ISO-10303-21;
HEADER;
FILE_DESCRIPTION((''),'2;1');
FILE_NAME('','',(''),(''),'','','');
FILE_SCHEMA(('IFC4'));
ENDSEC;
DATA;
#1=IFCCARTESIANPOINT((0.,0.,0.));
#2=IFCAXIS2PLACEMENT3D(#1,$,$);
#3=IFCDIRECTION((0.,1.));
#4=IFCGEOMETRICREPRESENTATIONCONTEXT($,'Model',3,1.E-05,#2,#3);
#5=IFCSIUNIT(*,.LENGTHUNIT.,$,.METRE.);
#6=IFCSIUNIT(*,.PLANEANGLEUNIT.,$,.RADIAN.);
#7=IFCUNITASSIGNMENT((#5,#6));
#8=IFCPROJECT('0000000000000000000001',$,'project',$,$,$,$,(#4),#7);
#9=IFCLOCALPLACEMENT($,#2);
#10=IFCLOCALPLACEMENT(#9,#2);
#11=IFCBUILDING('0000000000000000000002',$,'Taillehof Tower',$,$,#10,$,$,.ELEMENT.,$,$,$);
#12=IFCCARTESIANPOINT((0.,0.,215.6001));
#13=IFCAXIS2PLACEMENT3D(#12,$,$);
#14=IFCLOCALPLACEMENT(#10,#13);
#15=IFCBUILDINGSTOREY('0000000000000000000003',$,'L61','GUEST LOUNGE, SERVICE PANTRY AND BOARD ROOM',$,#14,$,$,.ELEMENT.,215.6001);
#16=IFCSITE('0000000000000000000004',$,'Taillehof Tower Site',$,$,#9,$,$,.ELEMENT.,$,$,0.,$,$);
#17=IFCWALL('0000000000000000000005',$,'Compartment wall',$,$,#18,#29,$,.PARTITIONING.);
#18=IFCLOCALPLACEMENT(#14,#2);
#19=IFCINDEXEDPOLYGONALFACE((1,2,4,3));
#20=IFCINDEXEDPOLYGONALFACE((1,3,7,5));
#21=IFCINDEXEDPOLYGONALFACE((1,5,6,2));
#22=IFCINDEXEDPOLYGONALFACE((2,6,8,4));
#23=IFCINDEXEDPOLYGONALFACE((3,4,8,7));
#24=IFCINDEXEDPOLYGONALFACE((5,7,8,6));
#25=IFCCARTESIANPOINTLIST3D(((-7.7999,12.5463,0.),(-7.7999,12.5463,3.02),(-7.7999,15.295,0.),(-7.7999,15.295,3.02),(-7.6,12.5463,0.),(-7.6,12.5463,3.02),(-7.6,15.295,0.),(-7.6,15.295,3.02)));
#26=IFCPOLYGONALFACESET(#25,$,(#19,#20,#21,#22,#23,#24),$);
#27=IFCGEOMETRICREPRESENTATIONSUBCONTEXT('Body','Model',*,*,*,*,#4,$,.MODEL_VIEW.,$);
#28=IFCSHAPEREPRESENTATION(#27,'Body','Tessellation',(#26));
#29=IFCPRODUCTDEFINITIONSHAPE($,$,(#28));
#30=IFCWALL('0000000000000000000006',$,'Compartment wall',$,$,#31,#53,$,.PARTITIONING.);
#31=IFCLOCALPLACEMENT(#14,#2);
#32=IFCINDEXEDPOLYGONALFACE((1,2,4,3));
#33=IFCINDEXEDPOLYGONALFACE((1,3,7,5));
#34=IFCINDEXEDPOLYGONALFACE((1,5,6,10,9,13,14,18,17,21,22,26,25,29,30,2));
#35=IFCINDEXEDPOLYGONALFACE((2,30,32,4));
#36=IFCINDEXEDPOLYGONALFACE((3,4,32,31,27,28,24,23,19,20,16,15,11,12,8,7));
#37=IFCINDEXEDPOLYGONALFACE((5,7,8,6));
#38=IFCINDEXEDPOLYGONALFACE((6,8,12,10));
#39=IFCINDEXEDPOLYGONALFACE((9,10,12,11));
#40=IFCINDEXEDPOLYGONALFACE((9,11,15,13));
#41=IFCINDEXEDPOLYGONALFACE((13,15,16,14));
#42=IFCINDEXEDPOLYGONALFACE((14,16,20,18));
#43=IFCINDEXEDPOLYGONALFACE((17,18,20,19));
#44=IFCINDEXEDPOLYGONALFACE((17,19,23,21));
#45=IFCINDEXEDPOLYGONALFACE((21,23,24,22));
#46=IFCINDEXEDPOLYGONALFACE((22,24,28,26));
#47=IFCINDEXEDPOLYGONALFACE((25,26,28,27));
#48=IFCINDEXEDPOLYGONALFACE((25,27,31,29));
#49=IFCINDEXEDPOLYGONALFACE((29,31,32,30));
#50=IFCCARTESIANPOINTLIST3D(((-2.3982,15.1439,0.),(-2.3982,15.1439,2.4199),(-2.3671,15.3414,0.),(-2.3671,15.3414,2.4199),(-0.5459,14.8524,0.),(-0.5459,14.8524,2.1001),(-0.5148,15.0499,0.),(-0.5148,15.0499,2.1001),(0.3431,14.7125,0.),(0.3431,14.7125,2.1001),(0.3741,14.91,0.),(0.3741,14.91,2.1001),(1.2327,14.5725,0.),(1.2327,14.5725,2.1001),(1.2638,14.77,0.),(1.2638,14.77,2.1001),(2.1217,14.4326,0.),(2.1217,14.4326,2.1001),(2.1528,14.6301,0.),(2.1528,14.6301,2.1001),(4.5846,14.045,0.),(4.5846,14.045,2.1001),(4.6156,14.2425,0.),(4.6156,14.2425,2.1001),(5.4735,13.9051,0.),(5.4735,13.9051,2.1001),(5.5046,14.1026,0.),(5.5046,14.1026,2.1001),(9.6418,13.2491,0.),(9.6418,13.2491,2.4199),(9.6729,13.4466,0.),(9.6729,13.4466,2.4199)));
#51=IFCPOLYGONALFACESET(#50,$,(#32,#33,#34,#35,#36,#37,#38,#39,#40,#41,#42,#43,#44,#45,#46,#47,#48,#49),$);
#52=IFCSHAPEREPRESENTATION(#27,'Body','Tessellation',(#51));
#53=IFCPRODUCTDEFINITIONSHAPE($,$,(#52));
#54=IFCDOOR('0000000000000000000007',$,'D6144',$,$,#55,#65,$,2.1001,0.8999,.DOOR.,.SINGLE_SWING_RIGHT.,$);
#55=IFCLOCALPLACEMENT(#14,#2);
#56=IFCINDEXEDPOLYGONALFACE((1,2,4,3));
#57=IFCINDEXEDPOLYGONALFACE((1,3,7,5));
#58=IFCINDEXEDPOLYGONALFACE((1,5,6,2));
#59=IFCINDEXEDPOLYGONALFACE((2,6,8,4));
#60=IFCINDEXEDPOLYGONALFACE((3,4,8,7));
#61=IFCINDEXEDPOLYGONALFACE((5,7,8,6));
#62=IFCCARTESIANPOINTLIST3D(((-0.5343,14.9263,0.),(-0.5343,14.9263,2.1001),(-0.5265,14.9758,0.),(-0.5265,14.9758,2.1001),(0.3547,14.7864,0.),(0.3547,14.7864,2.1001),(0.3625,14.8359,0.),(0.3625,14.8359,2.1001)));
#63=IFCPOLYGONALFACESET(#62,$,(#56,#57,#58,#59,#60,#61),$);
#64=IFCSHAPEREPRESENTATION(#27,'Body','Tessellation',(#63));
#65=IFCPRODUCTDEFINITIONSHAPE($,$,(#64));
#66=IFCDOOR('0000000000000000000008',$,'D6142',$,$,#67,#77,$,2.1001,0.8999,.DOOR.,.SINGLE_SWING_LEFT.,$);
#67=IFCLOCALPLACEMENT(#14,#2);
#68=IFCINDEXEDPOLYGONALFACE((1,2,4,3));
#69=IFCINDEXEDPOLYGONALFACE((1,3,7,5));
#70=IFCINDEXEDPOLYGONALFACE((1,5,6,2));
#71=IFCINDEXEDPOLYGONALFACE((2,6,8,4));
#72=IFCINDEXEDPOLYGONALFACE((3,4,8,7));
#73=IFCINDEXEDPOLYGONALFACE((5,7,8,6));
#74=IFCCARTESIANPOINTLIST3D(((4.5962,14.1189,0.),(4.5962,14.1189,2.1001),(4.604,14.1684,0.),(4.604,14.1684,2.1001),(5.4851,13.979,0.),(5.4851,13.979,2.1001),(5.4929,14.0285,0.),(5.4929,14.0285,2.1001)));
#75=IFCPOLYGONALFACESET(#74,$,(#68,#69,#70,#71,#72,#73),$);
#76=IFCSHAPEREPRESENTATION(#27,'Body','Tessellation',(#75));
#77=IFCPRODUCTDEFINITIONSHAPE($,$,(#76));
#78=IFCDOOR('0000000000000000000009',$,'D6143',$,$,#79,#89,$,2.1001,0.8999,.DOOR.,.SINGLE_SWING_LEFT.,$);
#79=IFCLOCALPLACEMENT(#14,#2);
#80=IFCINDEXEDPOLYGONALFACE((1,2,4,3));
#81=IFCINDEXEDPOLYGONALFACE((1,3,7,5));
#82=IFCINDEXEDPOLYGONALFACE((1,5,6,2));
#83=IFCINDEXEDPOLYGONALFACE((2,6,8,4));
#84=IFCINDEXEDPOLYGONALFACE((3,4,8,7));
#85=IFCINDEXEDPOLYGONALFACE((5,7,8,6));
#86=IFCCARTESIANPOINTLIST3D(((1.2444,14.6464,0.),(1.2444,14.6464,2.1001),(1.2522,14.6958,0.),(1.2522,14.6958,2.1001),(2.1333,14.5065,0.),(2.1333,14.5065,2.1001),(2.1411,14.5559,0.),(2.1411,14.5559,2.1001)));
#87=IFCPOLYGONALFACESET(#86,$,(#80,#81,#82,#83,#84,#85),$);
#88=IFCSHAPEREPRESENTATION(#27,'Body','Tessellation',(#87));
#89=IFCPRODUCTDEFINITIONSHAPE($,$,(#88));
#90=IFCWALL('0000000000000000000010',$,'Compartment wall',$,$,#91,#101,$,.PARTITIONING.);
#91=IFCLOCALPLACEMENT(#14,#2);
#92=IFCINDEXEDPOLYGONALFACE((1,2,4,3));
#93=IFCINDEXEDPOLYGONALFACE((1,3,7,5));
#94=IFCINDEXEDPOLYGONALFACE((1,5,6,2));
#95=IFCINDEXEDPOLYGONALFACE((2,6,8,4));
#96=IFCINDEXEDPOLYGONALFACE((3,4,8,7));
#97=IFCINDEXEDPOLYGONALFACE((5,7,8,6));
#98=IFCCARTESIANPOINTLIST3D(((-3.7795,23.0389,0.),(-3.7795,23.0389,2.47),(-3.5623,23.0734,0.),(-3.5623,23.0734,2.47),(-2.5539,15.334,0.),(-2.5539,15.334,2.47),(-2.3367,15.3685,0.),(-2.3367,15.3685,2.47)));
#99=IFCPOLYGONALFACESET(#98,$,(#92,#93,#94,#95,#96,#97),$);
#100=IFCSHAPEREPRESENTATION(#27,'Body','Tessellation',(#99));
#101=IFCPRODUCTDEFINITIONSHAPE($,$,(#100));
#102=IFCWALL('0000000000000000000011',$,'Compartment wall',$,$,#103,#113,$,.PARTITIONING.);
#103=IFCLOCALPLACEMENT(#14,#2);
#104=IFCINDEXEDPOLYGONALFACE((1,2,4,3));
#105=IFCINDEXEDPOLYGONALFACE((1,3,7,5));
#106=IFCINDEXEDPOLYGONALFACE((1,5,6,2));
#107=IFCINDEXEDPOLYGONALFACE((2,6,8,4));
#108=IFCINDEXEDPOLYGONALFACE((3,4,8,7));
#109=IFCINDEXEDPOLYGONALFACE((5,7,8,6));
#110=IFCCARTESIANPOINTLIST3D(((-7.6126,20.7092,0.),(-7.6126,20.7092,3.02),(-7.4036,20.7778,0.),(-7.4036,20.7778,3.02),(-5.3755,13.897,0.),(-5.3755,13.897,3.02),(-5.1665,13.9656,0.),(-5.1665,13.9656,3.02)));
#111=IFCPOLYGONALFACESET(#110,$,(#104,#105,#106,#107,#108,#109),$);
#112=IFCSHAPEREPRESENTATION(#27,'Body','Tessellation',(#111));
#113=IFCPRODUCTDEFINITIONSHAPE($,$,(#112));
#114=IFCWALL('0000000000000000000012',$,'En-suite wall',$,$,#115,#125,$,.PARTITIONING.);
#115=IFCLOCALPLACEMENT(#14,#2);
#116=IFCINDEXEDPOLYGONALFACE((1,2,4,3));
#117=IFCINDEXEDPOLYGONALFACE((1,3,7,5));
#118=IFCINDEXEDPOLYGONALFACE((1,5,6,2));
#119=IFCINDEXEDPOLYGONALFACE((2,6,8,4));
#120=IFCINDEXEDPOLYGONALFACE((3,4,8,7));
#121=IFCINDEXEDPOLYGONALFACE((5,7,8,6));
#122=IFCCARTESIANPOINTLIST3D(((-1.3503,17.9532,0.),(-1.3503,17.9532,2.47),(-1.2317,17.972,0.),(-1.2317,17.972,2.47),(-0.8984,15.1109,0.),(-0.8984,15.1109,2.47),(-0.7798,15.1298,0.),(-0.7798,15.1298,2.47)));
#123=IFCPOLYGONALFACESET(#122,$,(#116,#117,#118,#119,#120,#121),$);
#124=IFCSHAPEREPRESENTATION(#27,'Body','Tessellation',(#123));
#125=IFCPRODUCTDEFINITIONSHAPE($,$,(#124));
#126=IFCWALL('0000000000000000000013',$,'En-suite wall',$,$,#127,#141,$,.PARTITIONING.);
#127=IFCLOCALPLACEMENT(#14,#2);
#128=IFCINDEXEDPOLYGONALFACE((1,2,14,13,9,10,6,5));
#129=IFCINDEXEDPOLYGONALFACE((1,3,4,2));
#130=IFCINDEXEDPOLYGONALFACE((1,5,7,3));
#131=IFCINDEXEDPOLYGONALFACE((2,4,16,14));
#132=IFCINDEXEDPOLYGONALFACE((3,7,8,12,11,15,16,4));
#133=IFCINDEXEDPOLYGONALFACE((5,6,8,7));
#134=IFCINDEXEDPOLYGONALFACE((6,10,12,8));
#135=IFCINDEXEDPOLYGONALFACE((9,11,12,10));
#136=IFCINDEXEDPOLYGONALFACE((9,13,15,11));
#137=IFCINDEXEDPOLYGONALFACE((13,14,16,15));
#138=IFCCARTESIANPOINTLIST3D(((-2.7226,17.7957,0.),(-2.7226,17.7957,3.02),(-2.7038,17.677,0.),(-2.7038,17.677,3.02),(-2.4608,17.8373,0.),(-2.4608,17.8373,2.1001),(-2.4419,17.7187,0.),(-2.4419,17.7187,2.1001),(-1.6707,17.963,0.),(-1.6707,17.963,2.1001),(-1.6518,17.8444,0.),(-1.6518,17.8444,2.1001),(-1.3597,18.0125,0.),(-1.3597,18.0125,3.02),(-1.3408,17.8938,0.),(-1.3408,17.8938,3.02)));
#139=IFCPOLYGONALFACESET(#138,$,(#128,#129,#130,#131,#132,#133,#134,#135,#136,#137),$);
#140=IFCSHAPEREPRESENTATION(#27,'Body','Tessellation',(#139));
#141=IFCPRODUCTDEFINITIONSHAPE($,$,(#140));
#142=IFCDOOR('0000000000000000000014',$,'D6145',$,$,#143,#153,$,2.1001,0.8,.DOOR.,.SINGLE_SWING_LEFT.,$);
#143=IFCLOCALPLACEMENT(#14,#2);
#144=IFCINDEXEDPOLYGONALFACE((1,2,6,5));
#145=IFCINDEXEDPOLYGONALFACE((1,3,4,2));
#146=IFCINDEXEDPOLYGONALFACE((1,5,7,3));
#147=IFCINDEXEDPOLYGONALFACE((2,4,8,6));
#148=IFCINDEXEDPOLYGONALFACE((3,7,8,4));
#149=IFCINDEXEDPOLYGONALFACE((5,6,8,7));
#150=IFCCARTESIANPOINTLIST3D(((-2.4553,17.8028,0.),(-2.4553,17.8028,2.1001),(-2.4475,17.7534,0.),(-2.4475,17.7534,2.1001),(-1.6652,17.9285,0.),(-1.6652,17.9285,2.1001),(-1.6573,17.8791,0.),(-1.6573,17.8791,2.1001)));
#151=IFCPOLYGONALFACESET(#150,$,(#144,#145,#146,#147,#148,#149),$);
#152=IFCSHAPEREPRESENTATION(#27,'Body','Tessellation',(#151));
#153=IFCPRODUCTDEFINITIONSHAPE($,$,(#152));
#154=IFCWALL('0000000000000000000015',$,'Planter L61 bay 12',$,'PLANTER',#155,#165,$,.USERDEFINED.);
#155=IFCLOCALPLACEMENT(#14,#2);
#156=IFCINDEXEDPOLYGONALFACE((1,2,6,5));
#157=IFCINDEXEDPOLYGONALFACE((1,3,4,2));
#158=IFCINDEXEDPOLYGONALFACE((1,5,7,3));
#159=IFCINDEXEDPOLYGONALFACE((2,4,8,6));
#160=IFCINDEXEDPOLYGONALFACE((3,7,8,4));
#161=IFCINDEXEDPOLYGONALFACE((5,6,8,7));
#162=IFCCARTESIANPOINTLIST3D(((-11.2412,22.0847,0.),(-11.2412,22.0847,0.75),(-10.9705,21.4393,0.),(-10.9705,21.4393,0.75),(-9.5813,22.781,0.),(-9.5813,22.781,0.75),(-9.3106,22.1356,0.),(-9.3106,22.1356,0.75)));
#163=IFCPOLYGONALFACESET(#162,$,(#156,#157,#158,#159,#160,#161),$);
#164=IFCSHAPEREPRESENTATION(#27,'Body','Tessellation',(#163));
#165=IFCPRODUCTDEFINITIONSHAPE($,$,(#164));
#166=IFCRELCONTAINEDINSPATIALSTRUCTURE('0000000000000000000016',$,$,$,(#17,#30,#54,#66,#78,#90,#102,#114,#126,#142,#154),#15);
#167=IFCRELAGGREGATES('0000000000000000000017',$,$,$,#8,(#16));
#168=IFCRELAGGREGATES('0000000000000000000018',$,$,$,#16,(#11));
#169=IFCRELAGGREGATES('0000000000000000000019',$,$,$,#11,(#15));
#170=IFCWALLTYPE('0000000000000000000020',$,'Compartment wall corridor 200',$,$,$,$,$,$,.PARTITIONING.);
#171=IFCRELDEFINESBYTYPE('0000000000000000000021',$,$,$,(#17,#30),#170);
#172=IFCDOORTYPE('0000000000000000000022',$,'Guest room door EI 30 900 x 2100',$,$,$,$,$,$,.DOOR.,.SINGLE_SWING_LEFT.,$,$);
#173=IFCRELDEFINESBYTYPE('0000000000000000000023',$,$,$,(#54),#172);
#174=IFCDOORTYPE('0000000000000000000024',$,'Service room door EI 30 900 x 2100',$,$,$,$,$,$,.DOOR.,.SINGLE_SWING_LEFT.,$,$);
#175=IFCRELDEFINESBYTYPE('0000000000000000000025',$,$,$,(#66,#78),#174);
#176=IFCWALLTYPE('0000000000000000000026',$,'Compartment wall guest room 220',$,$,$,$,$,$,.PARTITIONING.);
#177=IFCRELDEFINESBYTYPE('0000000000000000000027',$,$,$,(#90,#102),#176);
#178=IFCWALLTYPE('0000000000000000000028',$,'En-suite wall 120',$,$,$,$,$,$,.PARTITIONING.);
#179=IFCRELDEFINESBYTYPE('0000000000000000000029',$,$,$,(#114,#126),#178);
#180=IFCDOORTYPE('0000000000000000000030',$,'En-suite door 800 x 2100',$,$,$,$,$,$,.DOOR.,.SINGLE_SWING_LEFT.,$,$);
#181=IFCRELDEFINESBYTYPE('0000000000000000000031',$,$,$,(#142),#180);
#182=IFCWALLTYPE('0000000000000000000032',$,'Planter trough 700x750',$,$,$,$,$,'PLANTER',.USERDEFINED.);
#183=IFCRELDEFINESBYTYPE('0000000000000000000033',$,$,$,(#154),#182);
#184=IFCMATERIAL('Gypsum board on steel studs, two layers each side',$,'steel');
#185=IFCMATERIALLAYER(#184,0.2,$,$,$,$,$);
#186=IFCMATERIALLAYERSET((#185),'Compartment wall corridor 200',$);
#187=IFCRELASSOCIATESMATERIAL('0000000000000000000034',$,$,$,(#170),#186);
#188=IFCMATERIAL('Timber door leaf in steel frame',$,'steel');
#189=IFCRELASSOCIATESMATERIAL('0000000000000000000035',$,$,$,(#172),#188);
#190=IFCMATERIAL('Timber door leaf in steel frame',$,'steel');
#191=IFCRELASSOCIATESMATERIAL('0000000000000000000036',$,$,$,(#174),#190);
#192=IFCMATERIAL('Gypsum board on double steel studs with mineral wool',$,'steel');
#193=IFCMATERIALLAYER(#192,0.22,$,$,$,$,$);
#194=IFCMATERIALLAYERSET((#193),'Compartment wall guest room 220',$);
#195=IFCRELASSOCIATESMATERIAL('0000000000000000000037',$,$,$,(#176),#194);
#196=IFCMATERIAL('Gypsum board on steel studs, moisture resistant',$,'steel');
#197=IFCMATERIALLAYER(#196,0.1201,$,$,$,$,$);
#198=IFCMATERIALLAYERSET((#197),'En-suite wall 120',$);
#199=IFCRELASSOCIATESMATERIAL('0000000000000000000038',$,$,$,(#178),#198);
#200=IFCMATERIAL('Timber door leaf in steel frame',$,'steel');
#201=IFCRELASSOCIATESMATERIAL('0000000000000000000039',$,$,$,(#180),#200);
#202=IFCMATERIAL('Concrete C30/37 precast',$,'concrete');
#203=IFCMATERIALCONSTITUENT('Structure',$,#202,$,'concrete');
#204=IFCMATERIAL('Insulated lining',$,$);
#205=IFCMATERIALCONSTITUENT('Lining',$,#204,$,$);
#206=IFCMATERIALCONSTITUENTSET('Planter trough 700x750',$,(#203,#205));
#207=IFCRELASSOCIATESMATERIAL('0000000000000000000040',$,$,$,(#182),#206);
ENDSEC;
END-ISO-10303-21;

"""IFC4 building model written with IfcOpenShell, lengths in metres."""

from ifc_helpers import new_model, si_unit, direction, frame, frame_2d, origin, place, context, subcontext, project, spatial, rectangle, extrude, material, layer, layer_set, constituent, constituent_set, type_object, element, fill, save


model = new_model("IFC4")

# Units and contexts
model_context = context("Model", 3, precision=1e-05, world=origin(), true_north=direction((0.0, 1.0)))
body_context = subcontext(model_context, "Body", "Model", "MODEL_VIEW")
ifc_project = project(units=[si_unit("LENGTHUNIT", "METRE"), si_unit("PLANEANGLEUNIT", "RADIAN")], contexts=[model_context])

# Site, building, storey
site_placement = place(None, origin())
site = spatial("IfcSite", under=ifc_project, at=site_placement, Name="Taillehof Tower Site", CompositionType="ELEMENT", RefElevation=0.0)
building_placement = place(site_placement, origin())
building = spatial("IfcBuilding", under=site, at=building_placement, Name="Taillehof Tower", CompositionType="ELEMENT")
storey_placement = place(building_placement, frame((0.0, 0.0, 215.6001)))
storey = spatial("IfcBuildingStorey", under=building, at=storey_placement, Name="L61", Description="GUEST LOUNGE, SERVICE PANTRY AND BOARD ROOM", CompositionType="ELEMENT", Elevation=215.6001)

# Wall
ifc_material_1 = material(Name="Gypsum board on steel studs, two layers each side", Category="steel")
ifc_layer_1 = layer(ifc_material_1, 0.2)
ifc_layer_set_1 = layer_set([ifc_layer_1], Name="Compartment wall corridor 200")
wall_type_1 = type_object("IfcWallType", Name="Compartment wall corridor 200", PredefinedType="PARTITIONING", material=ifc_layer_set_1)
wall_1_placement = place(storey_placement, frame((-7.7, 15.2952, 0.0), z_axis=(0.0, 0.0, 1.0), x_axis=(0.0, -1.0, 0.0)))
element("IfcWall", 1, at=wall_1_placement, inside=storey, type_object=wall_type_1, Name="Compartment wall", PredefinedType="PARTITIONING", context=body_context, shape_type="SweptSolid", body=[
    extrude(rectangle(XDim=2.7488, YDim=0.2, at=frame_2d((1.3745, 0.0))), origin(), (0.0, 0.0, 1.0), 3.02),
])

# Wall, openings, doors
wall_2_placement = place(storey_placement, frame((-2.3828, 15.2427, 0.0), z_axis=(0.0, 0.0, 1.0), x_axis=(0.987842, -0.15546, 0.0)))
wall_2 = element("IfcWall", 2, at=wall_2_placement, inside=storey, type_object=wall_type_1, Name="Compartment wall", PredefinedType="PARTITIONING", context=body_context, shape_type="SweptSolid", body=[
    extrude(rectangle(XDim=12.1882, YDim=0.2, at=frame_2d((6.0942, 0.0))), origin(), (0.0, 0.0, 1.0), 2.4199),
])
opening_1_placement = place(wall_2_placement, frame((7.0688, 0.0, 0.0)))
opening_1 = element("IfcOpeningElement", 3, at=opening_1_placement, cuts=wall_2, PredefinedType="OPENING", context=body_context, shape_type="SweptSolid", body=[
    extrude(rectangle(XDim=0.8999, YDim=2.1001, at=frame_2d((0.45, 1.05))), frame((0.0, 0.1099, 0.0), z_axis=(0.0, -1.0, 0.0), x_axis=(1.0, 0.0, 0.0)), (0.0, 0.0, 1.0), 0.22),
])
opening_2_placement = place(wall_2_placement, frame((3.6758, 0.0, 0.0)))
opening_2 = element("IfcOpeningElement", 4, at=opening_2_placement, cuts=wall_2, PredefinedType="OPENING", context=body_context, shape_type="SweptSolid", body=[
    extrude(rectangle(XDim=0.8999, YDim=2.1001, at=frame_2d((0.45, 1.05))), frame((0.0, 0.1099, 0.0), z_axis=(0.0, -1.0, 0.0), x_axis=(1.0, 0.0, 0.0)), (0.0, 0.0, 1.0), 0.22),
])
opening_3_placement = place(wall_2_placement, frame((1.8752, 0.0, 0.0)))
opening_3 = element("IfcOpeningElement", 5, at=opening_3_placement, cuts=wall_2, PredefinedType="OPENING", context=body_context, shape_type="SweptSolid", body=[
    extrude(rectangle(XDim=0.8999, YDim=2.1001, at=frame_2d((0.45, 1.05))), frame((0.0, 0.1099, 0.0), z_axis=(0.0, -1.0, 0.0), x_axis=(1.0, 0.0, 0.0)), (0.0, 0.0, 1.0), 0.22),
])
ifc_material_2 = material(Name="Timber door leaf in steel frame", Category="steel")
door_type_1 = type_object("IfcDoorType", Name="Guest room door EI 30 900 x 2100", OperationType="SINGLE_SWING_LEFT", PredefinedType="DOOR", material=ifc_material_2)
door_1_placement = place(opening_3_placement, origin())
door_1 = element("IfcDoor", 6, at=door_1_placement, inside=storey, type_object=door_type_1, Name="D6144", OperationType="SINGLE_SWING_RIGHT", OverallHeight=2.1001, OverallWidth=0.8999, PredefinedType="DOOR", context=body_context, shape_type="SweptSolid", body=[
    extrude(rectangle(XDim=0.8999, YDim=2.1001, at=frame_2d((0.45, 1.05))), frame((0.0, 0.0249, 0.0), z_axis=(0.0, -1.0, 0.0), x_axis=(1.0, 0.0, 0.0)), (0.0, 0.0, 1.0), 0.05),
])
fill(opening_3, door_1)
ifc_material_3 = material(Name="Timber door leaf in steel frame", Category="steel")
door_type_2 = type_object("IfcDoorType", Name="Service room door EI 30 900 x 2100", OperationType="SINGLE_SWING_LEFT", PredefinedType="DOOR", material=ifc_material_3)
door_2_placement = place(opening_1_placement, origin())
door_2 = element("IfcDoor", 7, at=door_2_placement, inside=storey, type_object=door_type_2, Name="D6142", OperationType="SINGLE_SWING_LEFT", OverallHeight=2.1001, OverallWidth=0.8999, PredefinedType="DOOR", context=body_context, shape_type="SweptSolid", body=[
    extrude(rectangle(XDim=0.8999, YDim=2.1001, at=frame_2d((0.45, 1.05))), frame((0.0, 0.0249, 0.0), z_axis=(0.0, -1.0, 0.0), x_axis=(1.0, 0.0, 0.0)), (0.0, 0.0, 1.0), 0.05),
])
fill(opening_1, door_2)
door_3_placement = place(opening_2_placement, origin())
door_3 = element("IfcDoor", 8, at=door_3_placement, inside=storey, type_object=door_type_2, Name="D6143", OperationType="SINGLE_SWING_LEFT", OverallHeight=2.1001, OverallWidth=0.8999, PredefinedType="DOOR", context=body_context, shape_type="SweptSolid", body=[
    extrude(rectangle(XDim=0.8999, YDim=2.1001, at=frame_2d((0.45, 1.05))), frame((0.0, 0.0249, 0.0), z_axis=(0.0, -1.0, 0.0), x_axis=(1.0, 0.0, 0.0)), (0.0, 0.0, 1.0), 0.05),
])
fill(opening_2, door_3)

# Walls
ifc_material_4 = material(Name="Gypsum board on double steel studs with mineral wool", Category="steel")
ifc_layer_2 = layer(ifc_material_4, 0.22)
ifc_layer_set_2 = layer_set([ifc_layer_2], Name="Compartment wall guest room 220")
wall_type_2 = type_object("IfcWallType", Name="Compartment wall guest room 220", PredefinedType="PARTITIONING", material=ifc_layer_set_2)
wall_3_placement = place(storey_placement, frame((-3.6709, 23.0562, 0.0), z_axis=(0.0, 0.0, 1.0), x_axis=(0.157092, -0.987584, 0.0)))
element("IfcWall", 9, at=wall_3_placement, inside=storey, type_object=wall_type_2, Name="Compartment wall", PredefinedType="PARTITIONING", context=body_context, shape_type="SweptSolid", body=[
    extrude(rectangle(XDim=7.8018, YDim=0.22, at=frame_2d((3.9009, 0.0))), origin(), (0.0, 0.0, 1.0), 2.47),
])
wall_4_placement = place(storey_placement, frame((-7.5081, 20.7434, 0.0), z_axis=(0.0, 0.0, 1.0), x_axis=(0.311996, -0.950084, 0.0)))
element("IfcWall", 10, at=wall_4_placement, inside=storey, type_object=wall_type_2, Name="Compartment wall", PredefinedType="PARTITIONING", context=body_context, shape_type="SweptSolid", body=[
    extrude(rectangle(XDim=7.1702, YDim=0.22, at=frame_2d((3.585, 0.0))), origin(), (0.0, 0.0, 1.0), 3.02),
])
ifc_material_5 = material(Name="Gypsum board on steel studs, moisture resistant", Category="steel")
ifc_layer_3 = layer(ifc_material_5, 0.1201)
ifc_layer_set_3 = layer_set([ifc_layer_3], Name="En-suite wall 120")
wall_type_3 = type_object("IfcWallType", Name="En-suite wall 120", PredefinedType="PARTITIONING", material=ifc_layer_set_3)
wall_5_placement = place(storey_placement, frame((-0.8391, 15.1204, 0.0), z_axis=(0.0, 0.0, 1.0), x_axis=(-0.157021, 0.987595, 0.0)))
element("IfcWall", 11, at=wall_5_placement, inside=storey, type_object=wall_type_3, Name="En-suite wall", PredefinedType="PARTITIONING", context=body_context, shape_type="SweptSolid", body=[
    extrude(rectangle(XDim=2.8779, YDim=0.1201, at=frame_2d((1.439, 0.0))), origin(), (0.0, 0.0, 1.0), 2.47),
])

# Wall, opening, door
wall_6_placement = place(storey_placement, frame((-1.3503, 17.9531, 0.0), z_axis=(0.0, 0.0, 1.0), x_axis=(-0.987586, -0.15708, 0.0)))
wall_6 = element("IfcWall", 12, at=wall_6_placement, inside=storey, type_object=wall_type_3, Name="En-suite wall", PredefinedType="PARTITIONING", context=body_context, shape_type="SweptSolid", body=[
    extrude(rectangle(XDim=1.3801, YDim=0.1201, at=frame_2d((0.6899, 0.0))), origin(), (0.0, 0.0, 1.0), 3.02),
])
opening_4_placement = place(wall_6_placement, frame((0.3149, 0.0, 0.0)))
opening_4 = element("IfcOpeningElement", 13, at=opening_4_placement, cuts=wall_6, PredefinedType="OPENING", context=body_context, shape_type="SweptSolid", body=[
    extrude(rectangle(XDim=0.8, YDim=2.1001, at=frame_2d((0.3999, 1.05))), frame((0.0, 0.0701, 0.0), z_axis=(0.0, -1.0, 0.0), x_axis=(1.0, 0.0, 0.0)), (0.0, 0.0, 1.0), 0.1401),
])
ifc_material_6 = material(Name="Timber door leaf in steel frame", Category="steel")
door_type_3 = type_object("IfcDoorType", Name="En-suite door 800 x 2100", OperationType="SINGLE_SWING_LEFT", PredefinedType="DOOR", material=ifc_material_6)
door_4_placement = place(opening_4_placement, origin())
door_4 = element("IfcDoor", 14, at=door_4_placement, inside=storey, type_object=door_type_3, Name="D6145", OperationType="SINGLE_SWING_LEFT", OverallHeight=2.1001, OverallWidth=0.8, PredefinedType="DOOR", context=body_context, shape_type="SweptSolid", body=[
    extrude(rectangle(XDim=0.8, YDim=2.1001, at=frame_2d((0.3999, 1.05))), frame((0.0, 0.0249, 0.0), z_axis=(0.0, -1.0, 0.0), x_axis=(1.0, 0.0, 0.0)), (0.0, 0.0, 1.0), 0.05),
])
fill(opening_4, door_4)

# Wall
ifc_material_7 = material(Name="Concrete C30/37 precast", Category="concrete")
ifc_constituent_1 = constituent(ifc_material_7, Name="Structure", Category="concrete")
ifc_material_8 = material(Name="Insulated lining")
ifc_constituent_2 = constituent(ifc_material_8, Name="Lining")
ifc_constituent_set = constituent_set(constituents=[ifc_constituent_1, ifc_constituent_2], Name="Planter trough 700x750")
wall_type_4 = type_object("IfcWallType", Name="Planter trough 700x750", ElementType="PLANTER", PredefinedType="USERDEFINED", material=ifc_constituent_set)
wall_7_placement = place(storey_placement, frame((-9.446, 22.4583, 0.0), z_axis=(0.0, 0.0, 1.0), x_axis=(-0.922155, -0.38682, 0.0)))
element("IfcWall", 15, at=wall_7_placement, inside=storey, type_object=wall_type_4, Name="Planter L61 bay 12", ObjectType="PLANTER", PredefinedType="USERDEFINED", context=body_context, shape_type="SweptSolid", body=[
    extrude(rectangle(XDim=1.8, YDim=0.7, at=frame_2d((0.8999, 0.0))), origin(), (0.0, 0.0, 1.0), 0.75),
])

save(model, "model.ifc")
